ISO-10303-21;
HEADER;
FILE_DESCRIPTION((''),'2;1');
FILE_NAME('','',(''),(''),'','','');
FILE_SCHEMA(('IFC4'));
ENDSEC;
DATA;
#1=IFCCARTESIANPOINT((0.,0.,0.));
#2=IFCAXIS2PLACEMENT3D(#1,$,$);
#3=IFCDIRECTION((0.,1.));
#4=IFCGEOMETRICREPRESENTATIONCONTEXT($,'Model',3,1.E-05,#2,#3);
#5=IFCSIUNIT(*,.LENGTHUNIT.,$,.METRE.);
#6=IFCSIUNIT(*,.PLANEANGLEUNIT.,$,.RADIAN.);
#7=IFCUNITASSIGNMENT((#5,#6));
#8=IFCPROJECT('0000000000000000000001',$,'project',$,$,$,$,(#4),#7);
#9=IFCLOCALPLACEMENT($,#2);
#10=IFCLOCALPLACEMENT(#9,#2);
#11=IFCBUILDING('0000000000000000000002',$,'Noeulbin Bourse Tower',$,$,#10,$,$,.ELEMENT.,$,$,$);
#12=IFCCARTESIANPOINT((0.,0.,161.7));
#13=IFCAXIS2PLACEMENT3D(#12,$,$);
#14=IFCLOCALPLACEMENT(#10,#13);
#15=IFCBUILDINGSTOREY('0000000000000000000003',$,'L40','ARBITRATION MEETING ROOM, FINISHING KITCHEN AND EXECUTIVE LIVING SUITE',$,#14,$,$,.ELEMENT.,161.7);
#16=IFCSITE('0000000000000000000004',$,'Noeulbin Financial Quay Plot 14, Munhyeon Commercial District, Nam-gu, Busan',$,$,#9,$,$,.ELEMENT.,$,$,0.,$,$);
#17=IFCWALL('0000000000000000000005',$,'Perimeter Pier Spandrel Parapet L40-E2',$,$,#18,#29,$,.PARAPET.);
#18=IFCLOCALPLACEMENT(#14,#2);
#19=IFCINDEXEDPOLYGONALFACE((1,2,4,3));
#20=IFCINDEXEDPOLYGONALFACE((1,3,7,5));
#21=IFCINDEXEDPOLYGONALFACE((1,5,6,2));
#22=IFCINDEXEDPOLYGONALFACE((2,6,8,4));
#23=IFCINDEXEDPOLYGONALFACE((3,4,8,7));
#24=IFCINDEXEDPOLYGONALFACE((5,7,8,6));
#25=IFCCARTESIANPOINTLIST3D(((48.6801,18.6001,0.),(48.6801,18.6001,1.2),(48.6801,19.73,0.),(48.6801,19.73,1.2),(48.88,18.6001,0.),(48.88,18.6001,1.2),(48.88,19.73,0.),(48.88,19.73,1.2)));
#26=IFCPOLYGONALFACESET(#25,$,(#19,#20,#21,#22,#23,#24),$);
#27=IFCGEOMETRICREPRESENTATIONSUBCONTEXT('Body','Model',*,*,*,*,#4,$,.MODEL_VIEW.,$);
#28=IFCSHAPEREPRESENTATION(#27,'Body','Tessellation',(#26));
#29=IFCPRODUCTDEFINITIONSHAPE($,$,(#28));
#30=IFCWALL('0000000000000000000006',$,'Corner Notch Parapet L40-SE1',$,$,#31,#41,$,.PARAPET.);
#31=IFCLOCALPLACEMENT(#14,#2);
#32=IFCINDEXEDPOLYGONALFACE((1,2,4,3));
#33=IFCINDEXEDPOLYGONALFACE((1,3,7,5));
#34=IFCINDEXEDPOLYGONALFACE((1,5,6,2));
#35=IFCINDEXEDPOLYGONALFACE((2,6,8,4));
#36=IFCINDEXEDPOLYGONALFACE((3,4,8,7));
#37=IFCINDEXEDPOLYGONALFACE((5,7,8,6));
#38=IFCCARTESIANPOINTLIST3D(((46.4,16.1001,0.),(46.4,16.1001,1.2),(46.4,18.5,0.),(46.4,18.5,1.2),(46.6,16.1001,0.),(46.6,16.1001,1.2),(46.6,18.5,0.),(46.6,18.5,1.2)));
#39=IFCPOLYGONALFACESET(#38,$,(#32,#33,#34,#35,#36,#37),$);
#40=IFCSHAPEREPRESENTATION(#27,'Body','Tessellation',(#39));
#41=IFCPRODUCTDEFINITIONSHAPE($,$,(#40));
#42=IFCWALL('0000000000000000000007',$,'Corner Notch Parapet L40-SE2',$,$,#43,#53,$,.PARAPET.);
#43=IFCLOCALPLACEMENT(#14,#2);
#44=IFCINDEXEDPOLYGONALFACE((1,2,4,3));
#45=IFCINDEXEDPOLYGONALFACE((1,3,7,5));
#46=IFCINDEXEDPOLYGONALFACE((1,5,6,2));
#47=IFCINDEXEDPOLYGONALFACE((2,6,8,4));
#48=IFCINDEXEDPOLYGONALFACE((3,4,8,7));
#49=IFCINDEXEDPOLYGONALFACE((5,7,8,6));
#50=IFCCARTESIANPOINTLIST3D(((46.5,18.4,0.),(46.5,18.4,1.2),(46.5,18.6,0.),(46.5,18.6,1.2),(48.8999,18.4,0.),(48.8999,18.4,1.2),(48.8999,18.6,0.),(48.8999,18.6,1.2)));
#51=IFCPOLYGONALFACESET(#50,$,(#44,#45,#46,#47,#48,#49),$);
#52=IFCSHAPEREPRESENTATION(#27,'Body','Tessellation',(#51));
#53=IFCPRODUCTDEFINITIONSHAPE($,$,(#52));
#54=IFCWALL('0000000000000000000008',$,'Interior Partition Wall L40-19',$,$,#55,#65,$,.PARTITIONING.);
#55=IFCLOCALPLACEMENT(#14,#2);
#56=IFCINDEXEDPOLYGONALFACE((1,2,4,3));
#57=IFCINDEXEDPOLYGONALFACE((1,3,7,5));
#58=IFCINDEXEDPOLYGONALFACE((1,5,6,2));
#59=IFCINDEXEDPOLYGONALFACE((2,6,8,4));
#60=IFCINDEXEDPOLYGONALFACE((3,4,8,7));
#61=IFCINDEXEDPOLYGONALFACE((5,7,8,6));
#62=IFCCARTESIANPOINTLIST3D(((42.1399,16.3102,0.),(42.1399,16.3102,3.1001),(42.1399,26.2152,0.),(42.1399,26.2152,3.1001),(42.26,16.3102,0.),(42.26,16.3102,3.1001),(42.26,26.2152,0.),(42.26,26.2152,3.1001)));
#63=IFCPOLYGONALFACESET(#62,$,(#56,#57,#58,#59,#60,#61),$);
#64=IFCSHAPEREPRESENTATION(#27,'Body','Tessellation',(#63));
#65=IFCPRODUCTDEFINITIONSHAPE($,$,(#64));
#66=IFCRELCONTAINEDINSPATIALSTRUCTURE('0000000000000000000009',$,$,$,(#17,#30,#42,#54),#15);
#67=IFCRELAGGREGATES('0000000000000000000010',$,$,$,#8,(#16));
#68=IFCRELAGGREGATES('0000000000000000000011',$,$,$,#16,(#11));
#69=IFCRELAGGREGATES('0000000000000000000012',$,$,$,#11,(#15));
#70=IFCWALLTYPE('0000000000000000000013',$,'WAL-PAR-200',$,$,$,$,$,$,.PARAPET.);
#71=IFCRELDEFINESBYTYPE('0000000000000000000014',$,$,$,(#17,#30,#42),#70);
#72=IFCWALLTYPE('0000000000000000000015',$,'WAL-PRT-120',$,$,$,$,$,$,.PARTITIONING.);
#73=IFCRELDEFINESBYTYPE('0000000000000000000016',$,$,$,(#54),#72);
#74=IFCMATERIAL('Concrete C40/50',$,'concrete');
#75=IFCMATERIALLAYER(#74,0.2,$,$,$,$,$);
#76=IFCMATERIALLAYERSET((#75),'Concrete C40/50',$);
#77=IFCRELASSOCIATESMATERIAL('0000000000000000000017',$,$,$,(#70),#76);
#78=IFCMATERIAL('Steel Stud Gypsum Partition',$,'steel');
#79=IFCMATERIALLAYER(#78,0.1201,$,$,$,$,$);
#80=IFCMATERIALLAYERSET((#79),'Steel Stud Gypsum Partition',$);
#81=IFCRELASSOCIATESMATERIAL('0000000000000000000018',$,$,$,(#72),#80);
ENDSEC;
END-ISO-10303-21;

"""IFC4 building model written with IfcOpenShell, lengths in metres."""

from ifc_helpers import new_model, si_unit, direction, frame, frame_2d, origin, place, context, subcontext, project, spatial, rectangle, extrude, material, layer, layer_set, type_object, element, save


model = new_model("IFC4")

# Units and contexts
model_context = context("Model", 3, precision=1e-05, world=origin(), true_north=direction((0.0, 1.0)))
body_context = subcontext(model_context, "Body", "Model", "MODEL_VIEW")
ifc_project = project(units=[si_unit("LENGTHUNIT", "METRE"), si_unit("PLANEANGLEUNIT", "RADIAN")], contexts=[model_context])

# Site, building, storey
site_placement = place(None, origin())
site = spatial("IfcSite", under=ifc_project, at=site_placement, Name="Noeulbin Financial Quay Plot 14, Munhyeon Commercial District, Nam-gu, Busan", CompositionType="ELEMENT", RefElevation=0.0)
building_placement = place(site_placement, origin())
building = spatial("IfcBuilding", under=site, at=building_placement, Name="Noeulbin Bourse Tower", CompositionType="ELEMENT")
storey_placement = place(building_placement, frame((0.0, 0.0, 161.7)))
storey = spatial("IfcBuildingStorey", under=building, at=storey_placement, Name="L40", Description="ARBITRATION MEETING ROOM, FINISHING KITCHEN AND EXECUTIVE LIVING SUITE", CompositionType="ELEMENT", Elevation=161.7)

# Walls
ifc_material_1 = material(Name="Concrete C40/50", Category="concrete")
ifc_layer_1 = layer(ifc_material_1, 0.2)
ifc_layer_set_1 = layer_set([ifc_layer_1], Name="Concrete C40/50")
wall_type_1 = type_object("IfcWallType", Name="WAL-PAR-200", PredefinedType="PARAPET", material=ifc_layer_set_1)
wall_1_placement = place(storey_placement, frame((48.78, 18.6001, 0.0), z_axis=(0.0, 0.0, 1.0), x_axis=(0.0, 1.0, 0.0)))
element("IfcWall", 1, at=wall_1_placement, inside=storey, type_object=wall_type_1, Name="Perimeter Pier Spandrel Parapet L40-E2", PredefinedType="PARAPET", context=body_context, shape_type="SweptSolid", body=[
    extrude(rectangle(XDim=1.1299, YDim=0.2, at=frame_2d((0.5649, 0.0))), origin(), (0.0, 0.0, 1.0), 1.2),
])
for number, where, z_axis, x_axis, name in (
    (2, (46.5, 16.1001, 0.0), (0.0, 0.0, 1.0), (0.0, 1.0, 0.0), "Corner Notch Parapet L40-SE1"),
    (3, (46.5, 18.5, 0.0), (0.0, 0.0, 1.0), (1.0, 0.0, 0.0), "Corner Notch Parapet L40-SE2"),
):
    element("IfcWall", number, at=place(storey_placement, frame(where, z_axis=z_axis, x_axis=x_axis)), inside=storey, type_object=wall_type_1, Name=name, PredefinedType="PARAPET", context=body_context, shape_type="SweptSolid", body=[
        extrude(rectangle(XDim=2.3999, YDim=0.2, at=frame_2d((1.2, 0.0))), origin(), (0.0, 0.0, 1.0), 1.2),
    ])
ifc_material_2 = material(Name="Steel Stud Gypsum Partition", Category="steel")
ifc_layer_2 = layer(ifc_material_2, 0.1201)
ifc_layer_set_2 = layer_set([ifc_layer_2], Name="Steel Stud Gypsum Partition")
wall_type_2 = type_object("IfcWallType", Name="WAL-PRT-120", PredefinedType="PARTITIONING", material=ifc_layer_set_2)
wall_2_placement = place(storey_placement, frame((42.2, 16.3101, 0.0), z_axis=(0.0, 0.0, 1.0), x_axis=(0.0, 1.0, 0.0)))
element("IfcWall", 4, at=wall_2_placement, inside=storey, type_object=wall_type_2, Name="Interior Partition Wall L40-19", PredefinedType="PARTITIONING", context=body_context, shape_type="SweptSolid", body=[
    extrude(rectangle(XDim=9.905, YDim=0.1201, at=frame_2d((4.9526, 0.0))), origin(), (0.0, 0.0, 1.0), 3.1001),
])

save(model, "model.ifc")
